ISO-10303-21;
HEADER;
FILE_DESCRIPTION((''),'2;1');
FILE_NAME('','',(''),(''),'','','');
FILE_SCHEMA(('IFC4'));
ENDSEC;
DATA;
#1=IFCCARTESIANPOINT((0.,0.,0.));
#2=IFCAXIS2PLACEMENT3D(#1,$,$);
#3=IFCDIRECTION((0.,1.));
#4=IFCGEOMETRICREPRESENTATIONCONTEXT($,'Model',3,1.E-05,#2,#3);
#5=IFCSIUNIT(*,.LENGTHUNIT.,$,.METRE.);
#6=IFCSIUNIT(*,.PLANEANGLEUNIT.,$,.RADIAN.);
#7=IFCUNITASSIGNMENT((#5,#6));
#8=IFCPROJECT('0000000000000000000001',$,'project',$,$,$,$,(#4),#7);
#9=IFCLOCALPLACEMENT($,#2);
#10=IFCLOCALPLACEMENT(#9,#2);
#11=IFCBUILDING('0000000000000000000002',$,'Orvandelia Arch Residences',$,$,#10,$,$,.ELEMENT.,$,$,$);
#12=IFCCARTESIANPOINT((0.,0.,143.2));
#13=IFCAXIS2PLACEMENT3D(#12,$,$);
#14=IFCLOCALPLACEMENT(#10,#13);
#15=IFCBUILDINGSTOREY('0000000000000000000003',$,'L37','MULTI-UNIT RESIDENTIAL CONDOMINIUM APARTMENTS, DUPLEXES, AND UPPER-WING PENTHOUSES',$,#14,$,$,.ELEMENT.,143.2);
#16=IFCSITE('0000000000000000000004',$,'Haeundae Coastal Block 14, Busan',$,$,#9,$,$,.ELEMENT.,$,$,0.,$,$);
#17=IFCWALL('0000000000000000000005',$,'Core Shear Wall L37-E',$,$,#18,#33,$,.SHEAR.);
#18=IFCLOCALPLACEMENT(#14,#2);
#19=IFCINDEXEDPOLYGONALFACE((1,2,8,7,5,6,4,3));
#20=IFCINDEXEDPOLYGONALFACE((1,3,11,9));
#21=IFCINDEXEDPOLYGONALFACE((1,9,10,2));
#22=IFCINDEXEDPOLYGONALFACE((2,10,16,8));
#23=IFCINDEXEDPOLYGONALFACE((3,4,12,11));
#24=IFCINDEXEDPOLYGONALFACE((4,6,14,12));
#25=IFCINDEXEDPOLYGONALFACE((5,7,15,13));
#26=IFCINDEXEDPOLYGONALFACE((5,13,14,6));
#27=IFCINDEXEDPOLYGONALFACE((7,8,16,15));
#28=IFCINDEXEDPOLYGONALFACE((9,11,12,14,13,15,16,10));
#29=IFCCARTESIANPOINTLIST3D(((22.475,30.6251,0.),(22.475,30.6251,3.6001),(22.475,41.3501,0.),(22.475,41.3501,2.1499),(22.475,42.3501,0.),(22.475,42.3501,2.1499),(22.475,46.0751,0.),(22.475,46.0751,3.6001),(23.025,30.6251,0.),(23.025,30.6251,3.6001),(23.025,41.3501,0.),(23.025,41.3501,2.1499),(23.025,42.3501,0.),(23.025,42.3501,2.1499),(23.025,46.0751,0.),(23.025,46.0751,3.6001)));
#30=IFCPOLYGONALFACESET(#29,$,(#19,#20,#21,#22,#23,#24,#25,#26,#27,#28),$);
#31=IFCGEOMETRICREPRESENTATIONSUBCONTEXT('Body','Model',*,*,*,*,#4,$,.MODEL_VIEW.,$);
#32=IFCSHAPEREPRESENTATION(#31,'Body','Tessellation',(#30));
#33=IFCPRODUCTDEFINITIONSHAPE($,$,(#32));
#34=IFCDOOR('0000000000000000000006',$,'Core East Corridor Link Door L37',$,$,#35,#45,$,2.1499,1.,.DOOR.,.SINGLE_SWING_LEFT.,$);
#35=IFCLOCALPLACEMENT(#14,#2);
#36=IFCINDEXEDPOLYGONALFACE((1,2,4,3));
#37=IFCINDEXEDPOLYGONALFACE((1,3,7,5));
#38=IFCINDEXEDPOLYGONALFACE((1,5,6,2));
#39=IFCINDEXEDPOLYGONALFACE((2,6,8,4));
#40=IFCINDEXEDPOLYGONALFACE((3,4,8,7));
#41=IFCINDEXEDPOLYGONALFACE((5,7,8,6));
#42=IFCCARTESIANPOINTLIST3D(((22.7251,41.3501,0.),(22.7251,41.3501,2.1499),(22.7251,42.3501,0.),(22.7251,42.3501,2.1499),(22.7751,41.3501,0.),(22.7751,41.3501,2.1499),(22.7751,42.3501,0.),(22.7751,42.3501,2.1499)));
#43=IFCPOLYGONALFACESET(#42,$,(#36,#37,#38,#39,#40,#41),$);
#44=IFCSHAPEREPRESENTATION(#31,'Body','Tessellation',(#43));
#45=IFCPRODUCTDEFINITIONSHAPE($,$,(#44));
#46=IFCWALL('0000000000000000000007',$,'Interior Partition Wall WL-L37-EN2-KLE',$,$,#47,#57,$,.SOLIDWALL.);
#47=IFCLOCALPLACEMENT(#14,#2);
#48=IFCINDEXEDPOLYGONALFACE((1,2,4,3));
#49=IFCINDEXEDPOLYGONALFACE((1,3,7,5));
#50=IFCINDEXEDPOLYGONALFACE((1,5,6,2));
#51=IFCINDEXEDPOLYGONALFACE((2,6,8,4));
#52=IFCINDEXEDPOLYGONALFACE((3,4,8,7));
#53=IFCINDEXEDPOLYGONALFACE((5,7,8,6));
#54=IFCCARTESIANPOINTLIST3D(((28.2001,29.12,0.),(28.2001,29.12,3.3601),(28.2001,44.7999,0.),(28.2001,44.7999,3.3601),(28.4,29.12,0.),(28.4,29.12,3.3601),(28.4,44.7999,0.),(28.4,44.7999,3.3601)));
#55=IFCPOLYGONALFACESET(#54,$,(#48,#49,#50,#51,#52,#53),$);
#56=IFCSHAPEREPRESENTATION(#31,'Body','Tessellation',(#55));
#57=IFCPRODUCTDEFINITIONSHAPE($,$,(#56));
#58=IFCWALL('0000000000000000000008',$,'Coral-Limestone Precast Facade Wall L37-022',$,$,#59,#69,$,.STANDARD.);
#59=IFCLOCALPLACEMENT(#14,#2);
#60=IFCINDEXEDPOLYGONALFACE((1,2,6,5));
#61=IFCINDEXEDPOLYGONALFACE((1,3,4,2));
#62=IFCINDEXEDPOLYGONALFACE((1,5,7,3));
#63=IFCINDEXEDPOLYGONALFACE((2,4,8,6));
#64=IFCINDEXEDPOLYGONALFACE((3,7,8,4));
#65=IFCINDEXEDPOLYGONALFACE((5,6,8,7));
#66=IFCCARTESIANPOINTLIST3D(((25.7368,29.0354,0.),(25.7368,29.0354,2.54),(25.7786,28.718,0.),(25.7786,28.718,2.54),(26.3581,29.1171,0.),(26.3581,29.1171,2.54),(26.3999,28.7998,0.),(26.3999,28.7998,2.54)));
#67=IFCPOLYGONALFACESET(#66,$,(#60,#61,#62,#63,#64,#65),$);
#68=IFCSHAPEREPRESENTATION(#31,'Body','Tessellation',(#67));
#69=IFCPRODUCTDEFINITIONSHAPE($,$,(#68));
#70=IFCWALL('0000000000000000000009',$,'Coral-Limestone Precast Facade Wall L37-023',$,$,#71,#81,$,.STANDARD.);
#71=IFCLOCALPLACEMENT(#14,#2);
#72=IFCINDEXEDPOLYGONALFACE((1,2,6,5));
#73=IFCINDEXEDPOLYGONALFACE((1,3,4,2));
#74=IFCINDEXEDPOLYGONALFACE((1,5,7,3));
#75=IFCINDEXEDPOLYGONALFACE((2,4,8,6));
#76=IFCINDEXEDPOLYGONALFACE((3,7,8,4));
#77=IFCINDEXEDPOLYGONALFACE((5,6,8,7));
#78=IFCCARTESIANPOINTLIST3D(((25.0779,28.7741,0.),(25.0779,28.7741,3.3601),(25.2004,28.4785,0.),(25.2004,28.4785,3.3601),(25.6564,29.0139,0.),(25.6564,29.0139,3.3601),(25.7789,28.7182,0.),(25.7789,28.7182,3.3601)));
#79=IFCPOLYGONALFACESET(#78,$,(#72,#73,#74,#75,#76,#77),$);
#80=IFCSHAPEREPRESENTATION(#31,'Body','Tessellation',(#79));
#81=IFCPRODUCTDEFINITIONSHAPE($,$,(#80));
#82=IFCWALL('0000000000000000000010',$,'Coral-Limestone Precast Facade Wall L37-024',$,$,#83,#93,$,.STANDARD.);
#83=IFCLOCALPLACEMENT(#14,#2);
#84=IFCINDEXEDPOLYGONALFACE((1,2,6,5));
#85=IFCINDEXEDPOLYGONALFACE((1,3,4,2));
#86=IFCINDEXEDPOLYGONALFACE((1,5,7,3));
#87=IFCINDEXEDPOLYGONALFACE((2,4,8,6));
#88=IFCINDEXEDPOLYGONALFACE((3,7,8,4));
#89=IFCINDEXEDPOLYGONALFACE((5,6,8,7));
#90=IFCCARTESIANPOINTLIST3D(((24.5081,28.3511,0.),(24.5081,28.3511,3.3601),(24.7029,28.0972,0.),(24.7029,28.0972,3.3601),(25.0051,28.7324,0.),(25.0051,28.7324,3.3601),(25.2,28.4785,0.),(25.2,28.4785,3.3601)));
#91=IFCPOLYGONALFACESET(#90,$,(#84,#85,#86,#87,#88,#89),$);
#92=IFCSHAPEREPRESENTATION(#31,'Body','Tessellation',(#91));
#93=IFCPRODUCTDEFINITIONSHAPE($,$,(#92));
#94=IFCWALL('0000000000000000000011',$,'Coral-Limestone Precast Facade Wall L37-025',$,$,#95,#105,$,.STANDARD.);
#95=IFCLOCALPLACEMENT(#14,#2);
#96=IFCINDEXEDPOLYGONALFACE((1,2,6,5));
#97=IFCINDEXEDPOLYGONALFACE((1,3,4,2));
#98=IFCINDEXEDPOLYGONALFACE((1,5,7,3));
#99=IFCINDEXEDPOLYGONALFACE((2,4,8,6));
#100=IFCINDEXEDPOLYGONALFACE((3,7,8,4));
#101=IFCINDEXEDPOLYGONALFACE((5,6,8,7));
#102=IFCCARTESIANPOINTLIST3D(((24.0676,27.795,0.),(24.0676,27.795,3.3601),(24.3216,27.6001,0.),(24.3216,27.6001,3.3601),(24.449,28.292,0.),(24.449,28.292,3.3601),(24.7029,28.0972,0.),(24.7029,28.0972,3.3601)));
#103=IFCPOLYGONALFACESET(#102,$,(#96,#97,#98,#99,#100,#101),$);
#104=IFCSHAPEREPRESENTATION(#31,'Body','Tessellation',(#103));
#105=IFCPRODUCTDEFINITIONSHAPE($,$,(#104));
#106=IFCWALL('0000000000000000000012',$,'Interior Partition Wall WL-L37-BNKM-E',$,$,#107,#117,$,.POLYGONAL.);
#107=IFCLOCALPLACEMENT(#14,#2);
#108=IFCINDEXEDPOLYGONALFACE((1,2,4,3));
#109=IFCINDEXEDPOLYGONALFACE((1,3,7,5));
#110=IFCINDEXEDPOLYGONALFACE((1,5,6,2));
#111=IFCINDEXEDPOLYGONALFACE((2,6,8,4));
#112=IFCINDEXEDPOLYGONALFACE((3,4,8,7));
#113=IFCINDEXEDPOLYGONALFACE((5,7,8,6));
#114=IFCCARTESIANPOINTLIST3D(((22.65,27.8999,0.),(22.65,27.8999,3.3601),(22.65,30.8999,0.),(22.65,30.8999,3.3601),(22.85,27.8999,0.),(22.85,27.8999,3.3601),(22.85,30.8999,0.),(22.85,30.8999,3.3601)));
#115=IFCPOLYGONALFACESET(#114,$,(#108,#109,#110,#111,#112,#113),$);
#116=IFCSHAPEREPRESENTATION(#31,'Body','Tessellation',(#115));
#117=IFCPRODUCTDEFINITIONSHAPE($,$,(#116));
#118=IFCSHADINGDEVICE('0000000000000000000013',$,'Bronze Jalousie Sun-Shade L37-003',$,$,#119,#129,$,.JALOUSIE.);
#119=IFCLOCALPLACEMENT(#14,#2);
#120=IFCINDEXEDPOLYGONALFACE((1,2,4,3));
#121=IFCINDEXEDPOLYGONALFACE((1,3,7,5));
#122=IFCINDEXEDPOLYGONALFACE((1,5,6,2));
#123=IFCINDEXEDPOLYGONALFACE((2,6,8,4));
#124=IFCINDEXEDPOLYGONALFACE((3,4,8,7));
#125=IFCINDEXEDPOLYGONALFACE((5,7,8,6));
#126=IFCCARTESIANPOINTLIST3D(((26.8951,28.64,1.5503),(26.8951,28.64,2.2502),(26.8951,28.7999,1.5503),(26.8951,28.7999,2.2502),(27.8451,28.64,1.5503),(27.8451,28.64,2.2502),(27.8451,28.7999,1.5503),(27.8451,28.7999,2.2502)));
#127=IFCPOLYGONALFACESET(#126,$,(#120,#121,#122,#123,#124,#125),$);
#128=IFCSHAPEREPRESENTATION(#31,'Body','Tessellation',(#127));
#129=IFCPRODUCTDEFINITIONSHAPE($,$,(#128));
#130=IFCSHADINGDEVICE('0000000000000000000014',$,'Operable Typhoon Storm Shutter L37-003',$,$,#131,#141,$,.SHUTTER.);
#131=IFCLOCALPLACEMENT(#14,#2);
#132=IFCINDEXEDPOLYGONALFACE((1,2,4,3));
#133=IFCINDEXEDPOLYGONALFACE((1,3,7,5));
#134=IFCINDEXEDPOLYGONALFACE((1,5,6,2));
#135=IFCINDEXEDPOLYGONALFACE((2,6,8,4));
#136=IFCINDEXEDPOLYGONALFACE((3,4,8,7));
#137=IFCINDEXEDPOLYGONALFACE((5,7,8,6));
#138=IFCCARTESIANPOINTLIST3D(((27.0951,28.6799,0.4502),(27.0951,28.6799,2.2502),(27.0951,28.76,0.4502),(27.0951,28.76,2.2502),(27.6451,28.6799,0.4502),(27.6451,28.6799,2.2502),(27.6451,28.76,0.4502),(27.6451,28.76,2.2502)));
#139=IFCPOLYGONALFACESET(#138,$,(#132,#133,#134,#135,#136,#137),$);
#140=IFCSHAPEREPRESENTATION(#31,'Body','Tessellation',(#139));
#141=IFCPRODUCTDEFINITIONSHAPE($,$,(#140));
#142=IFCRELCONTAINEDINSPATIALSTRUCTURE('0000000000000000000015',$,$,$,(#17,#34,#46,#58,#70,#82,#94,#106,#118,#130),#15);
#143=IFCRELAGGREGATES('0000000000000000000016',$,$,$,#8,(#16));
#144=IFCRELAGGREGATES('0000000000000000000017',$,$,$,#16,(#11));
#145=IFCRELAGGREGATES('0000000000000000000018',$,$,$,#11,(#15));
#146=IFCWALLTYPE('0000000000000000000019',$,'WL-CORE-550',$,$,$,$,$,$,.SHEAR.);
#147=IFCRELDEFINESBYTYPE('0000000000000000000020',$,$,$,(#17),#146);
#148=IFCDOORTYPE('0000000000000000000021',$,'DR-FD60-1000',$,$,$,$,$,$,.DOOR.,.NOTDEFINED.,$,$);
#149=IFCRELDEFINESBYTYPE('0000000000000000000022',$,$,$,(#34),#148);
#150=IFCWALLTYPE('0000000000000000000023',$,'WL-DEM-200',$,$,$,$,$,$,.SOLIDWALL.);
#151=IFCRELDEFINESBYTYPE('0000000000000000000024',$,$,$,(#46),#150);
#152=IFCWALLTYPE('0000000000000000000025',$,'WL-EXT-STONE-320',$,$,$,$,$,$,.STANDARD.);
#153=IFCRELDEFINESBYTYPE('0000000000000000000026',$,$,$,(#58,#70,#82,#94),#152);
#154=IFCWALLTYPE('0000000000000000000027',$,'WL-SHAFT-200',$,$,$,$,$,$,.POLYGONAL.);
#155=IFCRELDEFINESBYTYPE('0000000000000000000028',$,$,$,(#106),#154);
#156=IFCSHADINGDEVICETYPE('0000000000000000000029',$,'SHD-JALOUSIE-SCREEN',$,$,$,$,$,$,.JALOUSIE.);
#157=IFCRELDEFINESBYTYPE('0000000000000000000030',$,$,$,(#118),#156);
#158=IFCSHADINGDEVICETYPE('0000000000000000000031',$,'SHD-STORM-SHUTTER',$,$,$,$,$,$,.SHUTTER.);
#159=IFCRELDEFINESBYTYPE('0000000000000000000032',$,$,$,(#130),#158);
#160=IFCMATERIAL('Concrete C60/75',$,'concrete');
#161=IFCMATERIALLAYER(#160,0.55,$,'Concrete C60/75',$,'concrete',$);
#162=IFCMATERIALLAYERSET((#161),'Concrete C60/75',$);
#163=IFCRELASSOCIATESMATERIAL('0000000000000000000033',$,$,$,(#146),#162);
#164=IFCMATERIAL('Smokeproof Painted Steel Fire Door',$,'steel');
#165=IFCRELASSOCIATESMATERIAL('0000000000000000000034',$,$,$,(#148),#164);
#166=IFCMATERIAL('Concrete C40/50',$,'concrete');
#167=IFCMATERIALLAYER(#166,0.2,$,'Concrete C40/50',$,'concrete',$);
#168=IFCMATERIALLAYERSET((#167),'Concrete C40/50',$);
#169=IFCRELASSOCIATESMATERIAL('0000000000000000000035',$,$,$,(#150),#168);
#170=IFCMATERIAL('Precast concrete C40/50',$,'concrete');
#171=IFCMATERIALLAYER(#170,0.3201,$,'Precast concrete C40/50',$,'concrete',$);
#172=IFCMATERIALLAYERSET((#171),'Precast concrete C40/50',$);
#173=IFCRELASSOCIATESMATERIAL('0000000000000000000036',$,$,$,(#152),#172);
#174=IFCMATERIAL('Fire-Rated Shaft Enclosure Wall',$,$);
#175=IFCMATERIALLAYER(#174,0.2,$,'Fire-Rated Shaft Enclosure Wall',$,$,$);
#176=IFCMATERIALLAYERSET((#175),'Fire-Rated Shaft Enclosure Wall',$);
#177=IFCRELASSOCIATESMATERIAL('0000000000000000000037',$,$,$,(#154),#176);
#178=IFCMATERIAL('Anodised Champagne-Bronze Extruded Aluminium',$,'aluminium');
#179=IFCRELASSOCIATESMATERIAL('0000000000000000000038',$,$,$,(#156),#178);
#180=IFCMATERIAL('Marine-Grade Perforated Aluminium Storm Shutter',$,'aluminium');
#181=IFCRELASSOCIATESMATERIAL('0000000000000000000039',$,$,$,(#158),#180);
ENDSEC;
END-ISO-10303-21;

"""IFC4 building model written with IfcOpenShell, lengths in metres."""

from ifc_helpers import new_model, si_unit, direction, frame, frame_2d, origin, origin_2d, place, context, subcontext, project, spatial, rectangle, extrude, material, layer, layer_set, type_object, element, fill, save


model = new_model("IFC4")

# Units and contexts
model_context = context("Model", 3, precision=1e-05, world=origin(), true_north=direction((0.0, 1.0)))
body_context = subcontext(model_context, "Body", "Model", "MODEL_VIEW")
ifc_project = project(units=[si_unit("LENGTHUNIT", "METRE"), si_unit("PLANEANGLEUNIT", "RADIAN")], contexts=[model_context])

# Site, building, storey
site_placement = place(None, origin())
site = spatial("IfcSite", under=ifc_project, at=site_placement, Name="Haeundae Coastal Block 14, Busan", CompositionType="ELEMENT", RefElevation=0.0)
building_placement = place(site_placement, origin())
building = spatial("IfcBuilding", under=site, at=building_placement, Name="Orvandelia Arch Residences", CompositionType="ELEMENT")
storey_placement = place(building_placement, frame((0.0, 0.0, 143.2)))
storey = spatial("IfcBuildingStorey", under=building, at=storey_placement, Name="L37", Description="MULTI-UNIT RESIDENTIAL CONDOMINIUM APARTMENTS, DUPLEXES, AND UPPER-WING PENTHOUSES", CompositionType="ELEMENT", Elevation=143.2)

# Shared definitions
ifc_material_1 = material(Name="Concrete C60/75", Category="concrete")

# Wall, opening, door
ifc_layer_1 = layer(ifc_material_1, 0.55, Name="Concrete C60/75", Category="concrete")
ifc_layer_set_1 = layer_set([ifc_layer_1], Name="Concrete C60/75")
wall_type_1 = type_object("IfcWallType", Name="WL-CORE-550", PredefinedType="SHEAR", material=ifc_layer_set_1)
wall_1_placement = place(storey_placement, frame((22.75, 30.625, 0.0), z_axis=(0.0, 0.0, 1.0), x_axis=(0.0, 1.0, 0.0)))
wall_1 = element("IfcWall", 1, at=wall_1_placement, inside=storey, type_object=wall_type_1, Name="Core Shear Wall L37-E", PredefinedType="SHEAR", context=body_context, shape_type="SweptSolid", body=[
    extrude(rectangle(XDim=15.45, YDim=0.55, at=frame_2d((7.7251, 0.0))), origin(), (0.0, 0.0, 1.0), 3.6001),
])
opening_placement = place(wall_1_placement, frame((10.7251, 0.0, 0.0)))
opening = element("IfcOpeningElement", 2, at=opening_placement, cuts=wall_1, PredefinedType="OPENING", context=body_context, shape_type="SweptSolid", body=[
    extrude(rectangle(XDim=1.0, YDim=2.1499, at=frame_2d((0.5, 1.075))), frame((0.0, 0.2852, 0.0), z_axis=(0.0, -1.0, 0.0), x_axis=(1.0, 0.0, 0.0)), (0.0, 0.0, 1.0), 0.5701),
])
ifc_material_2 = material(Name="Smokeproof Painted Steel Fire Door", Category="steel")
door_type = type_object("IfcDoorType", Name="DR-FD60-1000", OperationType="NOTDEFINED", PredefinedType="DOOR", material=ifc_material_2)
door_placement = place(opening_placement, origin())
door = element("IfcDoor", 3, at=door_placement, inside=storey, type_object=door_type, Name="Core East Corridor Link Door L37", OperationType="SINGLE_SWING_LEFT", OverallHeight=2.1499, OverallWidth=1.0, PredefinedType="DOOR", context=body_context, shape_type="SweptSolid", body=[
    extrude(rectangle(XDim=1.0, YDim=2.1499, at=frame_2d((0.5, 1.075))), frame((0.0, 0.0249, 0.0), z_axis=(0.0, -1.0, 0.0), x_axis=(1.0, 0.0, 0.0)), (0.0, 0.0, 1.0), 0.05),
])
fill(opening, door)

# Walls
ifc_material_3 = material(Name="Concrete C40/50", Category="concrete")
ifc_layer_2 = layer(ifc_material_3, 0.2, Name="Concrete C40/50", Category="concrete")
ifc_layer_set_2 = layer_set([ifc_layer_2], Name="Concrete C40/50")
wall_type_2 = type_object("IfcWallType", Name="WL-DEM-200", PredefinedType="SOLIDWALL", material=ifc_layer_set_2)
wall_2_placement = place(storey_placement, frame((28.3, 29.1201, 0.0), z_axis=(0.0, 0.0, 1.0), x_axis=(0.0, 1.0, 0.0)))
element("IfcWall", 4, at=wall_2_placement, inside=storey, type_object=wall_type_2, Name="Interior Partition Wall WL-L37-EN2-KLE", PredefinedType="SOLIDWALL", context=body_context, shape_type="SweptSolid", body=[
    extrude(rectangle(XDim=15.6799, YDim=0.2, at=frame_2d((7.8398, 0.0))), origin(), (0.0, 0.0, 1.0), 3.3601),
])
ifc_material_4 = material(Name="Precast concrete C40/50", Category="concrete")
ifc_layer_3 = layer(ifc_material_4, 0.3201, Name="Precast concrete C40/50", Category="concrete")
ifc_layer_set_3 = layer_set([ifc_layer_3], Name="Precast concrete C40/50")
wall_type_3 = type_object("IfcWallType", Name="WL-EXT-STONE-320", PredefinedType="STANDARD", material=ifc_layer_set_3)
wall_3_placement = place(storey_placement, frame((26.3792, 28.9585, 0.0), z_axis=(0.0, 0.0, 1.0), x_axis=(-0.991448, -0.130505, 0.0)))
element("IfcWall", 5, at=wall_3_placement, inside=storey, type_object=wall_type_3, Name="Coral-Limestone Precast Facade Wall L37-022", PredefinedType="STANDARD", context=body_context, shape_type="SweptSolid", body=[
    extrude(rectangle(XDim=0.6267, YDim=0.3201, at=frame_2d((0.3135, 0.0))), origin(), (0.0, 0.0, 1.0), 2.54),
])
wall_4_placement = place(storey_placement, frame((25.7175, 28.866, 0.0), z_axis=(0.0, 0.0, 1.0), x_axis=(-0.923836, -0.382788, 0.0)))
element("IfcWall", 6, at=wall_4_placement, inside=storey, type_object=wall_type_3, Name="Coral-Limestone Precast Facade Wall L37-023", PredefinedType="STANDARD", context=body_context, shape_type="SweptSolid", body=[
    extrude(rectangle(XDim=0.6262, YDim=0.3201, at=frame_2d((0.313, 0.0))), origin(), (0.0, 0.0, 1.0), 3.3601),
])
for number, where, z_axis, x_axis, name in (
    (7, (25.1025, 28.6055, 0.0), (0.0, 0.0, 1.0), (-0.793406, -0.608693, 0.0), "Coral-Limestone Precast Facade Wall L37-024"),
    (8, (24.5759, 28.1946, 0.0), (0.0, 0.0, 1.0), (-0.608693, -0.793406, 0.0), "Coral-Limestone Precast Facade Wall L37-025"),
):
    element("IfcWall", number, at=place(storey_placement, frame(where, z_axis=z_axis, x_axis=x_axis)), inside=storey, type_object=wall_type_3, Name=name, PredefinedType="STANDARD", context=body_context, shape_type="SweptSolid", body=[
        extrude(rectangle(XDim=0.6265, YDim=0.3201, at=frame_2d((0.3132, 0.0))), origin(), (0.0, 0.0, 1.0), 3.3601),
    ])
ifc_material_5 = material(Name="Fire-Rated Shaft Enclosure Wall")
ifc_layer_4 = layer(ifc_material_5, 0.2, Name="Fire-Rated Shaft Enclosure Wall")
ifc_layer_set_4 = layer_set([ifc_layer_4], Name="Fire-Rated Shaft Enclosure Wall")
wall_type_4 = type_object("IfcWallType", Name="WL-SHAFT-200", PredefinedType="POLYGONAL", material=ifc_layer_set_4)
wall_5_placement = place(storey_placement, frame((22.75, 27.8999, 0.0), z_axis=(0.0, 0.0, 1.0), x_axis=(0.0, 1.0, 0.0)))
element("IfcWall", 9, at=wall_5_placement, inside=storey, type_object=wall_type_4, Name="Interior Partition Wall WL-L37-BNKM-E", PredefinedType="POLYGONAL", context=body_context, shape_type="SweptSolid", body=[
    extrude(rectangle(XDim=3.0, YDim=0.2, at=frame_2d((1.5, 0.0))), origin(), (0.0, 0.0, 1.0), 3.3601),
])

# Shading devices
ifc_material_6 = material(Name="Anodised Champagne-Bronze Extruded Aluminium", Category="aluminium")
shading_device_type_1 = type_object("IfcShadingDeviceType", Name="SHD-JALOUSIE-SCREEN", PredefinedType="JALOUSIE", material=ifc_material_6)
shading_device_1_placement = place(storey_placement, frame((27.3701, 28.72, 1.5503), z_axis=(0.0, 0.0, 1.0), x_axis=(-1.0, 0.0, 0.0)))
element("IfcShadingDevice", 10, at=shading_device_1_placement, inside=storey, type_object=shading_device_type_1, Name="Bronze Jalousie Sun-Shade L37-003", PredefinedType="JALOUSIE", context=body_context, shape_type="SweptSolid", body=[
    extrude(rectangle(XDim=0.95, YDim=0.1599, at=origin_2d()), origin(), (0.0, 0.0, 1.0), 0.7),
])
ifc_material_7 = material(Name="Marine-Grade Perforated Aluminium Storm Shutter", Category="aluminium")
shading_device_type_2 = type_object("IfcShadingDeviceType", Name="SHD-STORM-SHUTTER", PredefinedType="SHUTTER", material=ifc_material_7)
shading_device_2_placement = place(storey_placement, frame((27.3701, 28.72, 0.4502), z_axis=(0.0, 0.0, 1.0), x_axis=(-1.0, 0.0, 0.0)))
element("IfcShadingDevice", 11, at=shading_device_2_placement, inside=storey, type_object=shading_device_type_2, Name="Operable Typhoon Storm Shutter L37-003", PredefinedType="SHUTTER", context=body_context, shape_type="SweptSolid", body=[
    extrude(rectangle(XDim=0.55, YDim=0.0801, at=origin_2d()), origin(), (0.0, 0.0, 1.0), 1.8),
])

save(model, "model.ifc")
